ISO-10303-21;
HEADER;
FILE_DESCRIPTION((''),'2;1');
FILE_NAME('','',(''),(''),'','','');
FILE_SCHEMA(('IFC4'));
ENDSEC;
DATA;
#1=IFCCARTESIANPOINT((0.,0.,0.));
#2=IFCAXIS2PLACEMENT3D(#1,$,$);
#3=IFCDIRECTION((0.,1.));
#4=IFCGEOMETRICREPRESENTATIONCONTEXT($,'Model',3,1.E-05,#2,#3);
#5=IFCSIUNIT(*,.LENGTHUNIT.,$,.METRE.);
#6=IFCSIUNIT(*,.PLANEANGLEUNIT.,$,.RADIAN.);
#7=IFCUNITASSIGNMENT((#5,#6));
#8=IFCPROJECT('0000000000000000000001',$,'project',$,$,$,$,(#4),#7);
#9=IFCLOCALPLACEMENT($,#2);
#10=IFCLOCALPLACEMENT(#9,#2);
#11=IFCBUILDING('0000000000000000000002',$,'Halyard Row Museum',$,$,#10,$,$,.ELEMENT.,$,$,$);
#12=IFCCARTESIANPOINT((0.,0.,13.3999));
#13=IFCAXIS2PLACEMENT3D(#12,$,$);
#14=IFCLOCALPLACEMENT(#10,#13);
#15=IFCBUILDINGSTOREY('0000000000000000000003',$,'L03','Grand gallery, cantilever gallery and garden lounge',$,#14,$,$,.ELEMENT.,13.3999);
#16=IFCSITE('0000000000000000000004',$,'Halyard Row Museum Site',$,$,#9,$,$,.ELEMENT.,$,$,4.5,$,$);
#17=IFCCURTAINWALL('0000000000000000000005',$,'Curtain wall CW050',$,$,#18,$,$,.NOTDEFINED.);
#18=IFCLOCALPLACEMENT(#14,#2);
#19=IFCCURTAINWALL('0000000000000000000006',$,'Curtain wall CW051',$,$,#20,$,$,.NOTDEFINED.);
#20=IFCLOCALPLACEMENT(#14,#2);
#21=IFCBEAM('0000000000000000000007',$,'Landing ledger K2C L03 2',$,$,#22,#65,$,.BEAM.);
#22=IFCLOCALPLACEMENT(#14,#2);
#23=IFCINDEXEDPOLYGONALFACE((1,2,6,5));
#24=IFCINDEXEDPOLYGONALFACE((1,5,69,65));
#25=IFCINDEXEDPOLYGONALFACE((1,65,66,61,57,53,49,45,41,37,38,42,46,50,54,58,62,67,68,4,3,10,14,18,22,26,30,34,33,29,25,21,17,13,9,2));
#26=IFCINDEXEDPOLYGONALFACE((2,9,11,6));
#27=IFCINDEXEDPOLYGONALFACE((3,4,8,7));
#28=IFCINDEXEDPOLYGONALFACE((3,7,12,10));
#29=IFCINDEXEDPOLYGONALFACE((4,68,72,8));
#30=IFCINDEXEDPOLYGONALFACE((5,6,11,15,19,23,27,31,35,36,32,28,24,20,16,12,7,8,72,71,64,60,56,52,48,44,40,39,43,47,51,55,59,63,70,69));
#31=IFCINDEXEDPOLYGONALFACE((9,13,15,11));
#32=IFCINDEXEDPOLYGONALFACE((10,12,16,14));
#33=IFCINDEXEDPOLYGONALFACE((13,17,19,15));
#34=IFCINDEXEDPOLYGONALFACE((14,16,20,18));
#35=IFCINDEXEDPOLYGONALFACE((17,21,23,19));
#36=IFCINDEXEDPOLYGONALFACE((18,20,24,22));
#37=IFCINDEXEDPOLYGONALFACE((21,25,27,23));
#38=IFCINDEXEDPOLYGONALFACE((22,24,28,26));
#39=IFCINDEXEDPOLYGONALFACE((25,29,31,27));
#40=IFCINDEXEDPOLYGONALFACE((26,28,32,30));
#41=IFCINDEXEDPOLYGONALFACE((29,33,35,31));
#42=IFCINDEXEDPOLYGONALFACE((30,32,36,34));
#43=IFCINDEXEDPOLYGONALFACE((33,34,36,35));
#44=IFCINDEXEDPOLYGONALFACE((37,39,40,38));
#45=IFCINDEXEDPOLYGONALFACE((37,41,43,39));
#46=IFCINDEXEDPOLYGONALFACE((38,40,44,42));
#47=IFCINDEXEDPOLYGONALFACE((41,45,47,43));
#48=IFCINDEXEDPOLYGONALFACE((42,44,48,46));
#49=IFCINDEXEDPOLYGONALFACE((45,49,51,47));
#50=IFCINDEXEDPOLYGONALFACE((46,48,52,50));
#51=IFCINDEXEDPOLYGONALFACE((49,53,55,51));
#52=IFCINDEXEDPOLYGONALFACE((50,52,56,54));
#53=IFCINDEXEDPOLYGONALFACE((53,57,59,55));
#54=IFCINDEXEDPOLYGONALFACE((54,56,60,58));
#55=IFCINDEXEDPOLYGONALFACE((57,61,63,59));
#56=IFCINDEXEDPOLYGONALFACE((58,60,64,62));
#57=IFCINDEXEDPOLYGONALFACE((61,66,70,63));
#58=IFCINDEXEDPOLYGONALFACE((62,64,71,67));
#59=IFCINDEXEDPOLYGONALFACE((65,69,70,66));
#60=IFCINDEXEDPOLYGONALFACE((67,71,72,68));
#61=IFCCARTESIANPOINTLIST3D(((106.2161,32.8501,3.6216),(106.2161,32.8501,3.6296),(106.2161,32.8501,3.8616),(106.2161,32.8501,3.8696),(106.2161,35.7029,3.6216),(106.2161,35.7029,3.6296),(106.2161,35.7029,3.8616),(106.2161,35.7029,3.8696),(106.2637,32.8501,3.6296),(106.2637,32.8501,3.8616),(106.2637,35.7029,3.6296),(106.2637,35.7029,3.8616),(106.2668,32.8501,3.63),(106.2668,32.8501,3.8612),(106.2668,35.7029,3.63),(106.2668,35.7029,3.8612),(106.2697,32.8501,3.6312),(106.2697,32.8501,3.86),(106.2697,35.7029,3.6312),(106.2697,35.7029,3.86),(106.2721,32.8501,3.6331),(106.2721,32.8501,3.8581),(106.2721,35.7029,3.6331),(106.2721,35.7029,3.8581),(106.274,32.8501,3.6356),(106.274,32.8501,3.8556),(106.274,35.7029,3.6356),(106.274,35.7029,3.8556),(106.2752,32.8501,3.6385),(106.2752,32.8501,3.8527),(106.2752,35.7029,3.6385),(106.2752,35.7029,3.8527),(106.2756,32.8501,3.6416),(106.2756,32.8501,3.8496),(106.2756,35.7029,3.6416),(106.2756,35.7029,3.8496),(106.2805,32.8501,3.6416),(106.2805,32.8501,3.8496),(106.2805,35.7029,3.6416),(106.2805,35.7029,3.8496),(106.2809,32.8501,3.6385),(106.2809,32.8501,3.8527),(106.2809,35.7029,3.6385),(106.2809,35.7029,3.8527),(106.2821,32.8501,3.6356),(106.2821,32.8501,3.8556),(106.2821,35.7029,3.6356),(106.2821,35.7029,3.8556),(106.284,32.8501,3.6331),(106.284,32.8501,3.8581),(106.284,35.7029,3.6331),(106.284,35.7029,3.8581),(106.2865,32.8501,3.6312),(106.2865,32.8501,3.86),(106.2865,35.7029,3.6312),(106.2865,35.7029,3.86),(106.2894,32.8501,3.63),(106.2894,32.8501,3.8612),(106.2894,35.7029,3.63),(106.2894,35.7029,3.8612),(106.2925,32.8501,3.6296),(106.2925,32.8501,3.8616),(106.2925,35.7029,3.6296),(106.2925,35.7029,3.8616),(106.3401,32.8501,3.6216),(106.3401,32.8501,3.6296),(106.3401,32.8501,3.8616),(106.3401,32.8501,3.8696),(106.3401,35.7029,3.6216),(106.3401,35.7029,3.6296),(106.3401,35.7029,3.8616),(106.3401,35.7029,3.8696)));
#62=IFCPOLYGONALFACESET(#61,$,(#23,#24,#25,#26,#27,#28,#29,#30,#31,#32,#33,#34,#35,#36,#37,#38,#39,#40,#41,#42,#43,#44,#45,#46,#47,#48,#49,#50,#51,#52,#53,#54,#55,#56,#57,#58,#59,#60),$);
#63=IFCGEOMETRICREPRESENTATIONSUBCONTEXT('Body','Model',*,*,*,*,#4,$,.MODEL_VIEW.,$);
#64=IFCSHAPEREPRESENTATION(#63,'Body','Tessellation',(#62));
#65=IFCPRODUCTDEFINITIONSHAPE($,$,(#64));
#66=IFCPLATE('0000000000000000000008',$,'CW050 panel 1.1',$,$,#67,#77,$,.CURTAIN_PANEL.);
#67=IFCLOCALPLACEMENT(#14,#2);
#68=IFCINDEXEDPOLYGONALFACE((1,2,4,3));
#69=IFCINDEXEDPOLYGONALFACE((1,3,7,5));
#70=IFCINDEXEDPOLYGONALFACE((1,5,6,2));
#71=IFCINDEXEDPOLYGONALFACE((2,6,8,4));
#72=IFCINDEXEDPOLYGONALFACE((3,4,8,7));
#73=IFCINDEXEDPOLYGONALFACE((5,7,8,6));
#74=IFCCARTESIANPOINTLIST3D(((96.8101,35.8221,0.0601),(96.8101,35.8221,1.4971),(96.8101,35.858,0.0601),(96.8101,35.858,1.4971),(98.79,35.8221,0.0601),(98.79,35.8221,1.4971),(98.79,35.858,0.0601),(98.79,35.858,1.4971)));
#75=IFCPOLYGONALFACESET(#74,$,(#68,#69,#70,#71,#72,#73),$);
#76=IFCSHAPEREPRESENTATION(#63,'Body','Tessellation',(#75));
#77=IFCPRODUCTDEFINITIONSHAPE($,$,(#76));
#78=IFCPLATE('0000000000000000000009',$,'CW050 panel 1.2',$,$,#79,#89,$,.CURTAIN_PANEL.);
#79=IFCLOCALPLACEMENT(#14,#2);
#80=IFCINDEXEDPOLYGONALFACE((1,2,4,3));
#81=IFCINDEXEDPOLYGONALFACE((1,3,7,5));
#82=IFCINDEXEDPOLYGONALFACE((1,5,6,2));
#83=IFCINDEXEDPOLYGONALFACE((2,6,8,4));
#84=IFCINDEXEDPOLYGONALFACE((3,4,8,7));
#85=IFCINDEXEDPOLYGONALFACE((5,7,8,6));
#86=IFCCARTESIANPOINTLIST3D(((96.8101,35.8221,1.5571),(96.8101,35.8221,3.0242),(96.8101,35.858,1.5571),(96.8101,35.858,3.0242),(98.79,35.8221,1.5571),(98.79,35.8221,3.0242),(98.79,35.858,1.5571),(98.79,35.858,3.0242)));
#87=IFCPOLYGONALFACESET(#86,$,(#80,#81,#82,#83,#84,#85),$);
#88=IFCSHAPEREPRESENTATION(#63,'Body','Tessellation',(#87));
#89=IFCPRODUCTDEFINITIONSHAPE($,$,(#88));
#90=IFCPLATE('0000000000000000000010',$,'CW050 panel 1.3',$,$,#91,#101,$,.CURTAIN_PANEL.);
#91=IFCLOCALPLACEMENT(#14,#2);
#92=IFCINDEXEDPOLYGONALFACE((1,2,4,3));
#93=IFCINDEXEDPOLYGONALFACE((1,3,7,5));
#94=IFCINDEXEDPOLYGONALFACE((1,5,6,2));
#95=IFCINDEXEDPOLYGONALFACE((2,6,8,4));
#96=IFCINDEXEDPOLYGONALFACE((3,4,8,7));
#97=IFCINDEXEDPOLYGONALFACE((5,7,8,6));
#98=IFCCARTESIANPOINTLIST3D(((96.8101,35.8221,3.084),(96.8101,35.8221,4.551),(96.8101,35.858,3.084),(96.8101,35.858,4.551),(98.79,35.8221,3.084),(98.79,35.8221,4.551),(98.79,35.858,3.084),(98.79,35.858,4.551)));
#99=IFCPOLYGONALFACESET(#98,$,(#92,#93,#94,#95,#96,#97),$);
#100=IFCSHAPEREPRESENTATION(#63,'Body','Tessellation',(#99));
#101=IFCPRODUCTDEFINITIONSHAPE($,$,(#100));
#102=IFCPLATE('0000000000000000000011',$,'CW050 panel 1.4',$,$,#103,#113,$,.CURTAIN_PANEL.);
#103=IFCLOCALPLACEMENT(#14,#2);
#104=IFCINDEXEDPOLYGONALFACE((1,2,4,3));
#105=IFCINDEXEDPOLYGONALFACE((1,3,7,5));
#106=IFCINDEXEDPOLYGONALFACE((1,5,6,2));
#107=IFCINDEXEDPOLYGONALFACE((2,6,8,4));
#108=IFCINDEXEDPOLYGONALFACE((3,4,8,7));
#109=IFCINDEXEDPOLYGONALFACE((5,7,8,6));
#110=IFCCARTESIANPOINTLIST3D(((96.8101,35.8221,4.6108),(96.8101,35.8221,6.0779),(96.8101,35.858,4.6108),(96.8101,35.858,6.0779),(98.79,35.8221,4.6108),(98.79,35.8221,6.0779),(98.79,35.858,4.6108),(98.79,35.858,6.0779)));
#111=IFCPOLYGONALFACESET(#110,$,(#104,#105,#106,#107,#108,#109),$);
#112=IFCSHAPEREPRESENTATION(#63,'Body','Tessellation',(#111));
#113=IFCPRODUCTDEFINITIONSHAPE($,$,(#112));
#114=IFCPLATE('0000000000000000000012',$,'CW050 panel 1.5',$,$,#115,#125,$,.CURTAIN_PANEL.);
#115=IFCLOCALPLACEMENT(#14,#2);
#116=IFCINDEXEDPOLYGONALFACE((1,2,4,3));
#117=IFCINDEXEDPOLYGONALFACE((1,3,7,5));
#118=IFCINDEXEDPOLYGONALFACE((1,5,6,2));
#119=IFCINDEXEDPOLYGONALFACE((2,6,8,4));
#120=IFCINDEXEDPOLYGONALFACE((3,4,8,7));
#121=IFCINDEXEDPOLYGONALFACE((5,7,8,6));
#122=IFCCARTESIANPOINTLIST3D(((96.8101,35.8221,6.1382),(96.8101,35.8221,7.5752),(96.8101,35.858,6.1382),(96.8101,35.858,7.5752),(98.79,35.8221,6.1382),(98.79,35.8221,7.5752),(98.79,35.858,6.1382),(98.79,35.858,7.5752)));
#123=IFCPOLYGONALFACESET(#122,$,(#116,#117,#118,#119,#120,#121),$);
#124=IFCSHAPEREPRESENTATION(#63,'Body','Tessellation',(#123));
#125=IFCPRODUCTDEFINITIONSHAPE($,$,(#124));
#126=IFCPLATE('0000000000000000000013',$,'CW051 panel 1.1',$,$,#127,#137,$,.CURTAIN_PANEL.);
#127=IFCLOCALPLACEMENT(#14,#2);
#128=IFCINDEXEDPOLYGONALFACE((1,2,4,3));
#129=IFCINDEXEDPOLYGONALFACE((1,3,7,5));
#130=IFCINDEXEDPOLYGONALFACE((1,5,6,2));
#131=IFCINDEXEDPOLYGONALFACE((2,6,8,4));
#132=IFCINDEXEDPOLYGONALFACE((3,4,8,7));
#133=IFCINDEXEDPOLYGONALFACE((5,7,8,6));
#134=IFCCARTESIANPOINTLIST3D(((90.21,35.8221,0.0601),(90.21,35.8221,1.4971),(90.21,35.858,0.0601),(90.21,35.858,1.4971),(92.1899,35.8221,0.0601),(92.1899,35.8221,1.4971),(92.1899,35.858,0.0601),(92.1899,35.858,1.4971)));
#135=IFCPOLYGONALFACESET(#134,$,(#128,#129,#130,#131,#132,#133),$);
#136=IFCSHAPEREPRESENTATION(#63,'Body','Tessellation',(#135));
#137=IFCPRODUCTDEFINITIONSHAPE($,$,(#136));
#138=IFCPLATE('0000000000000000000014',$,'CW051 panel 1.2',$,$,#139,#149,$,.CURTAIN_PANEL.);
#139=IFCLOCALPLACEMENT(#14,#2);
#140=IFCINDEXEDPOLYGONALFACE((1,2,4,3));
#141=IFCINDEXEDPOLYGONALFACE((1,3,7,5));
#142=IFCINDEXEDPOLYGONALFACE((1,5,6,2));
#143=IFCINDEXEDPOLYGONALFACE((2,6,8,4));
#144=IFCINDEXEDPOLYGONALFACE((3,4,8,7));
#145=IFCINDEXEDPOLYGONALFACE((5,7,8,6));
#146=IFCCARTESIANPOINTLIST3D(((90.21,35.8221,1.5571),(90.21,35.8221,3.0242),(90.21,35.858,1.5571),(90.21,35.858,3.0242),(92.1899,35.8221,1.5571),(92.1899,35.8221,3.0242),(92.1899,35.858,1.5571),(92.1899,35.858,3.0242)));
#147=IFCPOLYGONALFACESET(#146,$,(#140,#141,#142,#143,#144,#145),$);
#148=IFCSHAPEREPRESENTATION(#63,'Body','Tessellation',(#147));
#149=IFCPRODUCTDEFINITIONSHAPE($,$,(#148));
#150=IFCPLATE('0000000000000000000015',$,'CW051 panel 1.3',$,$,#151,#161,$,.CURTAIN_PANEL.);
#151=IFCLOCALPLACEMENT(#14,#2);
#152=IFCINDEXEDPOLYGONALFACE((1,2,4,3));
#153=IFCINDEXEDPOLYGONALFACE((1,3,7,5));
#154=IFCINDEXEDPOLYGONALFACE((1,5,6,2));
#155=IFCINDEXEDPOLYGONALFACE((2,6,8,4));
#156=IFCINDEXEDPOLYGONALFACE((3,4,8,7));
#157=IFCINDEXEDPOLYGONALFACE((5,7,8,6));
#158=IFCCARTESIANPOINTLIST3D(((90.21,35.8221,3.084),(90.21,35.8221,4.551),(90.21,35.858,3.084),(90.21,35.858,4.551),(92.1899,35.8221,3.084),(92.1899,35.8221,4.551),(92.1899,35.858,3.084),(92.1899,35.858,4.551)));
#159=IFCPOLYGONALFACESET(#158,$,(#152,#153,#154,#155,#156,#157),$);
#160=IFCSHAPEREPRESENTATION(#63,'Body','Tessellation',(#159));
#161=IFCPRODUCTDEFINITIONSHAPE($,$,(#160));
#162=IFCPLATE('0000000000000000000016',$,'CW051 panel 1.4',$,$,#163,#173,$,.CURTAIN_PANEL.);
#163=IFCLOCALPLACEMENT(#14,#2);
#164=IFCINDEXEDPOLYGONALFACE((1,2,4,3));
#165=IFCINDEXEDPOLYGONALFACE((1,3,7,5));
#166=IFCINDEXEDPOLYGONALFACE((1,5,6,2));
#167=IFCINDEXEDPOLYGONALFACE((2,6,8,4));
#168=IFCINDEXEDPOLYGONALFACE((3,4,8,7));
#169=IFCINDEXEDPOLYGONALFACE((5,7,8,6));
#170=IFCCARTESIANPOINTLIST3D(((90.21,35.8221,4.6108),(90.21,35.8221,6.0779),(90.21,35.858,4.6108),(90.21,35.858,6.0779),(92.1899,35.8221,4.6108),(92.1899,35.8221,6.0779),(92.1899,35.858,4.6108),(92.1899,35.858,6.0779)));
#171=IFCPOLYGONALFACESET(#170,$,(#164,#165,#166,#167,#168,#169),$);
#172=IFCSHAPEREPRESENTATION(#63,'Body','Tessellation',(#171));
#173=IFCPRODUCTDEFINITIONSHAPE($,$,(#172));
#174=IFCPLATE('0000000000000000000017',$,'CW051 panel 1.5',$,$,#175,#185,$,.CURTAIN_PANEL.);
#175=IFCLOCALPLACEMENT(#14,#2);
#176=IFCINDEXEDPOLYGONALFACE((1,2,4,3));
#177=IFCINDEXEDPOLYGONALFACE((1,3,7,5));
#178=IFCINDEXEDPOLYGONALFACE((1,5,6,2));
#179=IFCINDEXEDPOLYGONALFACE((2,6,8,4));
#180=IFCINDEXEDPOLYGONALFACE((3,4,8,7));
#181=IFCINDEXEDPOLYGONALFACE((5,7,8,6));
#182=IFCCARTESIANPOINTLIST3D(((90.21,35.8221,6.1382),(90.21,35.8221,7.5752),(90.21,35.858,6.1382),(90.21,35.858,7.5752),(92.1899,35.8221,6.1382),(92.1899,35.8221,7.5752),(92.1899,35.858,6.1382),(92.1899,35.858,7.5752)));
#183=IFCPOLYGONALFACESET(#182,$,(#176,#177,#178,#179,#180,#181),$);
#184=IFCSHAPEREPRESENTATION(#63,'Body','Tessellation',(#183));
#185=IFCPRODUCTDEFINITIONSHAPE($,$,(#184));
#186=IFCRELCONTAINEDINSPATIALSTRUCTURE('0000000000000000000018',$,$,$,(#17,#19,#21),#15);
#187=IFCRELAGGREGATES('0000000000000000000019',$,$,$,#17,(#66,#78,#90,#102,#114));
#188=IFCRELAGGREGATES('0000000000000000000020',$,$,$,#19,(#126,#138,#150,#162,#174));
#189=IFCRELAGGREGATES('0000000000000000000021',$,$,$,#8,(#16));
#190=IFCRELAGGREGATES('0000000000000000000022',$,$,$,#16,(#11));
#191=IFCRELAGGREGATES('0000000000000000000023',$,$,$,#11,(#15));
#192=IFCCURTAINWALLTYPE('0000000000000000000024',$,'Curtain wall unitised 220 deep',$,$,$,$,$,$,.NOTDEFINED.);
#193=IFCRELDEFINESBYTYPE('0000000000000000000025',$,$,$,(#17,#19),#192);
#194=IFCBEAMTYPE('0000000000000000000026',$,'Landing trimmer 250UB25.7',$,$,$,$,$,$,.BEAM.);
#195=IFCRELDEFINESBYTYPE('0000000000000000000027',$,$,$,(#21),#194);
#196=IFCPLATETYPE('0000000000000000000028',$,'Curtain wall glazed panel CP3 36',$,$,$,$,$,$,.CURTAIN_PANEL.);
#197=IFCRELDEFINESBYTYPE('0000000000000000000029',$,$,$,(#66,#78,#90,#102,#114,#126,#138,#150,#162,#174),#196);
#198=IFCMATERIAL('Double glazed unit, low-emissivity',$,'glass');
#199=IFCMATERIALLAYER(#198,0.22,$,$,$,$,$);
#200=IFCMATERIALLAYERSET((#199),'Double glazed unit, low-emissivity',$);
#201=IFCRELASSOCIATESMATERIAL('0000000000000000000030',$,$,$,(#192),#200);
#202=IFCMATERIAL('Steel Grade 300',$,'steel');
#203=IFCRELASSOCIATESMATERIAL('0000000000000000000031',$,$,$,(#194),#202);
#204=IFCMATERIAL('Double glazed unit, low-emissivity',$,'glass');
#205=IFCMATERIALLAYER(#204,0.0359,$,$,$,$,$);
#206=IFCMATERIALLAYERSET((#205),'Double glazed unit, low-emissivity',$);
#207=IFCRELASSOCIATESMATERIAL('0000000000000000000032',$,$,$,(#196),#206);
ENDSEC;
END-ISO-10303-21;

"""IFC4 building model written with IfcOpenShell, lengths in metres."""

from ifc_helpers import new_model, si_unit, direction, frame, origin, origin_2d, place, context, subcontext, project, spatial, rectangle, i_section, extrude, material, layer, layer_set, material_profile, profile_set, type_object, element, aggregate, save


model = new_model("IFC4")

# Units and contexts
model_context = context("Model", 3, precision=1e-05, world=origin(), true_north=direction((0.0, 1.0)))
body_context = subcontext(model_context, "Body", "Model", "MODEL_VIEW")
ifc_project = project(units=[si_unit("LENGTHUNIT", "METRE"), si_unit("PLANEANGLEUNIT", "RADIAN")], contexts=[model_context])

# Site, building, storey
site_placement = place(None, origin())
site = spatial("IfcSite", under=ifc_project, at=site_placement, Name="Halyard Row Museum Site", CompositionType="ELEMENT", RefElevation=4.5)
building_placement = place(site_placement, origin())
building = spatial("IfcBuilding", under=site, at=building_placement, Name="Halyard Row Museum", CompositionType="ELEMENT")
storey_placement = place(building_placement, frame((0.0, 0.0, 13.3999)))
storey = spatial("IfcBuildingStorey", under=building, at=storey_placement, Name="L03", Description="Grand gallery, cantilever gallery and garden lounge", CompositionType="ELEMENT", Elevation=13.3999)

# Curtain wall
ifc_material_1 = material(Name="Double glazed unit, low-emissivity", Category="glass")
ifc_layer_1 = layer(ifc_material_1, 0.22)
ifc_layer_set_1 = layer_set([ifc_layer_1], Name="Double glazed unit, low-emissivity")
curtain_wall_type = type_object("IfcCurtainWallType", Name="Curtain wall unitised 220 deep", PredefinedType="NOTDEFINED", material=ifc_layer_set_1)
curtain_wall_1_placement = place(storey_placement, origin())
curtain_wall_1 = element("IfcCurtainWall", 1, at=curtain_wall_1_placement, inside=storey, type_object=curtain_wall_type, Name="Curtain wall CW050", PredefinedType="NOTDEFINED")

# Curtain wall
curtain_wall_2_placement = place(storey_placement, origin())
curtain_wall_2 = element("IfcCurtainWall", 2, at=curtain_wall_2_placement, inside=storey, type_object=curtain_wall_type, Name="Curtain wall CW051", PredefinedType="NOTDEFINED")

# Beam
ifc_material_2 = material(Name="Steel Grade 300", Category="steel")
ifc_material_profile_1 = material_profile(ifc_material_2, i_section(OverallWidth=0.124, OverallDepth=0.248, WebThickness=0.0049, FlangeThickness=0.0081, FilletRadius=0.012, at=origin_2d()), Name="250UB25.7")
ifc_profile_set_1 = profile_set([ifc_material_profile_1], Name="Steel Grade 300")
beam_type = type_object("IfcBeamType", Name="Landing trimmer 250UB25.7", PredefinedType="BEAM", material=ifc_profile_set_1)
beam_placement = place(storey_placement, frame((106.2781, 35.7029, 3.7456), z_axis=(0.0, -1.0, 0.0), x_axis=(1.0, 0.0, 0.0)))
element("IfcBeam", 3, at=beam_placement, inside=storey, type_object=beam_type, Name="Landing ledger K2C L03 2", PredefinedType="BEAM", context=body_context, shape_type="SweptSolid", body=[
    extrude(i_section(OverallWidth=0.124, OverallDepth=0.248, WebThickness=0.0049, FlangeThickness=0.0081, FilletRadius=0.012, at=origin_2d()), origin(), (0.0, 0.0, 1.0), 2.8528),
])

# Plates
ifc_material_3 = material(Name="Double glazed unit, low-emissivity", Category="glass")
ifc_layer_2 = layer(ifc_material_3, 0.0359)
ifc_layer_set_2 = layer_set([ifc_layer_2], Name="Double glazed unit, low-emissivity")
plate_type = type_object("IfcPlateType", Name="Curtain wall glazed panel CP3 36", PredefinedType="CURTAIN_PANEL", material=ifc_layer_set_2)
plate_1_placement = place(storey_placement, frame((97.8, 35.8401, 0.0601), z_axis=(0.0, 0.0, 1.0), x_axis=(-1.0, 0.0, 0.0)))
plate_1 = element("IfcPlate", 4, at=plate_1_placement, type_object=plate_type, Name="CW050 panel 1.1", PredefinedType="CURTAIN_PANEL", context=body_context, shape_type="SweptSolid", body=[
    extrude(rectangle(XDim=1.98, YDim=0.0359, at=origin_2d()), origin(), (0.0, 0.0, 1.0), 1.437),
])
plate_2_placement = place(storey_placement, frame((97.8, 35.8401, 1.5571), z_axis=(0.0, 0.0, 1.0), x_axis=(-1.0, 0.0, 0.0)))
plate_2 = element("IfcPlate", 5, at=plate_2_placement, type_object=plate_type, Name="CW050 panel 1.2", PredefinedType="CURTAIN_PANEL", context=body_context, shape_type="SweptSolid", body=[
    extrude(rectangle(XDim=1.98, YDim=0.0359, at=origin_2d()), origin(), (0.0, 0.0, 1.0), 1.467),
])
plate_3_placement = place(storey_placement, frame((97.8, 35.8401, 3.084), z_axis=(0.0, 0.0, 1.0), x_axis=(-1.0, 0.0, 0.0)))
plate_3 = element("IfcPlate", 6, at=plate_3_placement, type_object=plate_type, Name="CW050 panel 1.3", PredefinedType="CURTAIN_PANEL", context=body_context, shape_type="SweptSolid", body=[
    extrude(rectangle(XDim=1.98, YDim=0.0359, at=origin_2d()), origin(), (0.0, 0.0, 1.0), 1.467),
])
plate_4_placement = place(storey_placement, frame((97.8, 35.8401, 4.6108), z_axis=(0.0, 0.0, 1.0), x_axis=(-1.0, 0.0, 0.0)))
plate_4 = element("IfcPlate", 7, at=plate_4_placement, type_object=plate_type, Name="CW050 panel 1.4", PredefinedType="CURTAIN_PANEL", context=body_context, shape_type="SweptSolid", body=[
    extrude(rectangle(XDim=1.98, YDim=0.0359, at=origin_2d()), origin(), (0.0, 0.0, 1.0), 1.467),
])
plate_5_placement = place(storey_placement, frame((97.8, 35.8401, 6.1382), z_axis=(0.0, 0.0, 1.0), x_axis=(-1.0, 0.0, 0.0)))
plate_5 = element("IfcPlate", 8, at=plate_5_placement, type_object=plate_type, Name="CW050 panel 1.5", PredefinedType="CURTAIN_PANEL", context=body_context, shape_type="SweptSolid", body=[
    extrude(rectangle(XDim=1.98, YDim=0.0359, at=origin_2d()), origin(), (0.0, 0.0, 1.0), 1.437),
])
aggregate(curtain_wall_1, [plate_1, plate_2, plate_3, plate_4, plate_5])
plate_6_placement = place(storey_placement, frame((91.2, 35.8401, 0.0601), z_axis=(0.0, 0.0, 1.0), x_axis=(-1.0, 0.0, 0.0)))
plate_6 = element("IfcPlate", 9, at=plate_6_placement, type_object=plate_type, Name="CW051 panel 1.1", PredefinedType="CURTAIN_PANEL", context=body_context, shape_type="SweptSolid", body=[
    extrude(rectangle(XDim=1.98, YDim=0.0359, at=origin_2d()), origin(), (0.0, 0.0, 1.0), 1.437),
])
plate_7_placement = place(storey_placement, frame((91.2, 35.8401, 1.5571), z_axis=(0.0, 0.0, 1.0), x_axis=(-1.0, 0.0, 0.0)))
plate_7 = element("IfcPlate", 10, at=plate_7_placement, type_object=plate_type, Name="CW051 panel 1.2", PredefinedType="CURTAIN_PANEL", context=body_context, shape_type="SweptSolid", body=[
    extrude(rectangle(XDim=1.98, YDim=0.0359, at=origin_2d()), origin(), (0.0, 0.0, 1.0), 1.467),
])
plate_8_placement = place(storey_placement, frame((91.2, 35.8401, 3.084), z_axis=(0.0, 0.0, 1.0), x_axis=(-1.0, 0.0, 0.0)))
plate_8 = element("IfcPlate", 11, at=plate_8_placement, type_object=plate_type, Name="CW051 panel 1.3", PredefinedType="CURTAIN_PANEL", context=body_context, shape_type="SweptSolid", body=[
    extrude(rectangle(XDim=1.98, YDim=0.0359, at=origin_2d()), origin(), (0.0, 0.0, 1.0), 1.467),
])
plate_9_placement = place(storey_placement, frame((91.2, 35.8401, 4.6108), z_axis=(0.0, 0.0, 1.0), x_axis=(-1.0, 0.0, 0.0)))
plate_9 = element("IfcPlate", 12, at=plate_9_placement, type_object=plate_type, Name="CW051 panel 1.4", PredefinedType="CURTAIN_PANEL", context=body_context, shape_type="SweptSolid", body=[
    extrude(rectangle(XDim=1.98, YDim=0.0359, at=origin_2d()), origin(), (0.0, 0.0, 1.0), 1.467),
])
plate_10_placement = place(storey_placement, frame((91.2, 35.8401, 6.1382), z_axis=(0.0, 0.0, 1.0), x_axis=(-1.0, 0.0, 0.0)))
plate_10 = element("IfcPlate", 13, at=plate_10_placement, type_object=plate_type, Name="CW051 panel 1.5", PredefinedType="CURTAIN_PANEL", context=body_context, shape_type="SweptSolid", body=[
    extrude(rectangle(XDim=1.98, YDim=0.0359, at=origin_2d()), origin(), (0.0, 0.0, 1.0), 1.437),
])
aggregate(curtain_wall_2, [plate_6, plate_7, plate_8, plate_9, plate_10])

save(model, "model.ifc")
